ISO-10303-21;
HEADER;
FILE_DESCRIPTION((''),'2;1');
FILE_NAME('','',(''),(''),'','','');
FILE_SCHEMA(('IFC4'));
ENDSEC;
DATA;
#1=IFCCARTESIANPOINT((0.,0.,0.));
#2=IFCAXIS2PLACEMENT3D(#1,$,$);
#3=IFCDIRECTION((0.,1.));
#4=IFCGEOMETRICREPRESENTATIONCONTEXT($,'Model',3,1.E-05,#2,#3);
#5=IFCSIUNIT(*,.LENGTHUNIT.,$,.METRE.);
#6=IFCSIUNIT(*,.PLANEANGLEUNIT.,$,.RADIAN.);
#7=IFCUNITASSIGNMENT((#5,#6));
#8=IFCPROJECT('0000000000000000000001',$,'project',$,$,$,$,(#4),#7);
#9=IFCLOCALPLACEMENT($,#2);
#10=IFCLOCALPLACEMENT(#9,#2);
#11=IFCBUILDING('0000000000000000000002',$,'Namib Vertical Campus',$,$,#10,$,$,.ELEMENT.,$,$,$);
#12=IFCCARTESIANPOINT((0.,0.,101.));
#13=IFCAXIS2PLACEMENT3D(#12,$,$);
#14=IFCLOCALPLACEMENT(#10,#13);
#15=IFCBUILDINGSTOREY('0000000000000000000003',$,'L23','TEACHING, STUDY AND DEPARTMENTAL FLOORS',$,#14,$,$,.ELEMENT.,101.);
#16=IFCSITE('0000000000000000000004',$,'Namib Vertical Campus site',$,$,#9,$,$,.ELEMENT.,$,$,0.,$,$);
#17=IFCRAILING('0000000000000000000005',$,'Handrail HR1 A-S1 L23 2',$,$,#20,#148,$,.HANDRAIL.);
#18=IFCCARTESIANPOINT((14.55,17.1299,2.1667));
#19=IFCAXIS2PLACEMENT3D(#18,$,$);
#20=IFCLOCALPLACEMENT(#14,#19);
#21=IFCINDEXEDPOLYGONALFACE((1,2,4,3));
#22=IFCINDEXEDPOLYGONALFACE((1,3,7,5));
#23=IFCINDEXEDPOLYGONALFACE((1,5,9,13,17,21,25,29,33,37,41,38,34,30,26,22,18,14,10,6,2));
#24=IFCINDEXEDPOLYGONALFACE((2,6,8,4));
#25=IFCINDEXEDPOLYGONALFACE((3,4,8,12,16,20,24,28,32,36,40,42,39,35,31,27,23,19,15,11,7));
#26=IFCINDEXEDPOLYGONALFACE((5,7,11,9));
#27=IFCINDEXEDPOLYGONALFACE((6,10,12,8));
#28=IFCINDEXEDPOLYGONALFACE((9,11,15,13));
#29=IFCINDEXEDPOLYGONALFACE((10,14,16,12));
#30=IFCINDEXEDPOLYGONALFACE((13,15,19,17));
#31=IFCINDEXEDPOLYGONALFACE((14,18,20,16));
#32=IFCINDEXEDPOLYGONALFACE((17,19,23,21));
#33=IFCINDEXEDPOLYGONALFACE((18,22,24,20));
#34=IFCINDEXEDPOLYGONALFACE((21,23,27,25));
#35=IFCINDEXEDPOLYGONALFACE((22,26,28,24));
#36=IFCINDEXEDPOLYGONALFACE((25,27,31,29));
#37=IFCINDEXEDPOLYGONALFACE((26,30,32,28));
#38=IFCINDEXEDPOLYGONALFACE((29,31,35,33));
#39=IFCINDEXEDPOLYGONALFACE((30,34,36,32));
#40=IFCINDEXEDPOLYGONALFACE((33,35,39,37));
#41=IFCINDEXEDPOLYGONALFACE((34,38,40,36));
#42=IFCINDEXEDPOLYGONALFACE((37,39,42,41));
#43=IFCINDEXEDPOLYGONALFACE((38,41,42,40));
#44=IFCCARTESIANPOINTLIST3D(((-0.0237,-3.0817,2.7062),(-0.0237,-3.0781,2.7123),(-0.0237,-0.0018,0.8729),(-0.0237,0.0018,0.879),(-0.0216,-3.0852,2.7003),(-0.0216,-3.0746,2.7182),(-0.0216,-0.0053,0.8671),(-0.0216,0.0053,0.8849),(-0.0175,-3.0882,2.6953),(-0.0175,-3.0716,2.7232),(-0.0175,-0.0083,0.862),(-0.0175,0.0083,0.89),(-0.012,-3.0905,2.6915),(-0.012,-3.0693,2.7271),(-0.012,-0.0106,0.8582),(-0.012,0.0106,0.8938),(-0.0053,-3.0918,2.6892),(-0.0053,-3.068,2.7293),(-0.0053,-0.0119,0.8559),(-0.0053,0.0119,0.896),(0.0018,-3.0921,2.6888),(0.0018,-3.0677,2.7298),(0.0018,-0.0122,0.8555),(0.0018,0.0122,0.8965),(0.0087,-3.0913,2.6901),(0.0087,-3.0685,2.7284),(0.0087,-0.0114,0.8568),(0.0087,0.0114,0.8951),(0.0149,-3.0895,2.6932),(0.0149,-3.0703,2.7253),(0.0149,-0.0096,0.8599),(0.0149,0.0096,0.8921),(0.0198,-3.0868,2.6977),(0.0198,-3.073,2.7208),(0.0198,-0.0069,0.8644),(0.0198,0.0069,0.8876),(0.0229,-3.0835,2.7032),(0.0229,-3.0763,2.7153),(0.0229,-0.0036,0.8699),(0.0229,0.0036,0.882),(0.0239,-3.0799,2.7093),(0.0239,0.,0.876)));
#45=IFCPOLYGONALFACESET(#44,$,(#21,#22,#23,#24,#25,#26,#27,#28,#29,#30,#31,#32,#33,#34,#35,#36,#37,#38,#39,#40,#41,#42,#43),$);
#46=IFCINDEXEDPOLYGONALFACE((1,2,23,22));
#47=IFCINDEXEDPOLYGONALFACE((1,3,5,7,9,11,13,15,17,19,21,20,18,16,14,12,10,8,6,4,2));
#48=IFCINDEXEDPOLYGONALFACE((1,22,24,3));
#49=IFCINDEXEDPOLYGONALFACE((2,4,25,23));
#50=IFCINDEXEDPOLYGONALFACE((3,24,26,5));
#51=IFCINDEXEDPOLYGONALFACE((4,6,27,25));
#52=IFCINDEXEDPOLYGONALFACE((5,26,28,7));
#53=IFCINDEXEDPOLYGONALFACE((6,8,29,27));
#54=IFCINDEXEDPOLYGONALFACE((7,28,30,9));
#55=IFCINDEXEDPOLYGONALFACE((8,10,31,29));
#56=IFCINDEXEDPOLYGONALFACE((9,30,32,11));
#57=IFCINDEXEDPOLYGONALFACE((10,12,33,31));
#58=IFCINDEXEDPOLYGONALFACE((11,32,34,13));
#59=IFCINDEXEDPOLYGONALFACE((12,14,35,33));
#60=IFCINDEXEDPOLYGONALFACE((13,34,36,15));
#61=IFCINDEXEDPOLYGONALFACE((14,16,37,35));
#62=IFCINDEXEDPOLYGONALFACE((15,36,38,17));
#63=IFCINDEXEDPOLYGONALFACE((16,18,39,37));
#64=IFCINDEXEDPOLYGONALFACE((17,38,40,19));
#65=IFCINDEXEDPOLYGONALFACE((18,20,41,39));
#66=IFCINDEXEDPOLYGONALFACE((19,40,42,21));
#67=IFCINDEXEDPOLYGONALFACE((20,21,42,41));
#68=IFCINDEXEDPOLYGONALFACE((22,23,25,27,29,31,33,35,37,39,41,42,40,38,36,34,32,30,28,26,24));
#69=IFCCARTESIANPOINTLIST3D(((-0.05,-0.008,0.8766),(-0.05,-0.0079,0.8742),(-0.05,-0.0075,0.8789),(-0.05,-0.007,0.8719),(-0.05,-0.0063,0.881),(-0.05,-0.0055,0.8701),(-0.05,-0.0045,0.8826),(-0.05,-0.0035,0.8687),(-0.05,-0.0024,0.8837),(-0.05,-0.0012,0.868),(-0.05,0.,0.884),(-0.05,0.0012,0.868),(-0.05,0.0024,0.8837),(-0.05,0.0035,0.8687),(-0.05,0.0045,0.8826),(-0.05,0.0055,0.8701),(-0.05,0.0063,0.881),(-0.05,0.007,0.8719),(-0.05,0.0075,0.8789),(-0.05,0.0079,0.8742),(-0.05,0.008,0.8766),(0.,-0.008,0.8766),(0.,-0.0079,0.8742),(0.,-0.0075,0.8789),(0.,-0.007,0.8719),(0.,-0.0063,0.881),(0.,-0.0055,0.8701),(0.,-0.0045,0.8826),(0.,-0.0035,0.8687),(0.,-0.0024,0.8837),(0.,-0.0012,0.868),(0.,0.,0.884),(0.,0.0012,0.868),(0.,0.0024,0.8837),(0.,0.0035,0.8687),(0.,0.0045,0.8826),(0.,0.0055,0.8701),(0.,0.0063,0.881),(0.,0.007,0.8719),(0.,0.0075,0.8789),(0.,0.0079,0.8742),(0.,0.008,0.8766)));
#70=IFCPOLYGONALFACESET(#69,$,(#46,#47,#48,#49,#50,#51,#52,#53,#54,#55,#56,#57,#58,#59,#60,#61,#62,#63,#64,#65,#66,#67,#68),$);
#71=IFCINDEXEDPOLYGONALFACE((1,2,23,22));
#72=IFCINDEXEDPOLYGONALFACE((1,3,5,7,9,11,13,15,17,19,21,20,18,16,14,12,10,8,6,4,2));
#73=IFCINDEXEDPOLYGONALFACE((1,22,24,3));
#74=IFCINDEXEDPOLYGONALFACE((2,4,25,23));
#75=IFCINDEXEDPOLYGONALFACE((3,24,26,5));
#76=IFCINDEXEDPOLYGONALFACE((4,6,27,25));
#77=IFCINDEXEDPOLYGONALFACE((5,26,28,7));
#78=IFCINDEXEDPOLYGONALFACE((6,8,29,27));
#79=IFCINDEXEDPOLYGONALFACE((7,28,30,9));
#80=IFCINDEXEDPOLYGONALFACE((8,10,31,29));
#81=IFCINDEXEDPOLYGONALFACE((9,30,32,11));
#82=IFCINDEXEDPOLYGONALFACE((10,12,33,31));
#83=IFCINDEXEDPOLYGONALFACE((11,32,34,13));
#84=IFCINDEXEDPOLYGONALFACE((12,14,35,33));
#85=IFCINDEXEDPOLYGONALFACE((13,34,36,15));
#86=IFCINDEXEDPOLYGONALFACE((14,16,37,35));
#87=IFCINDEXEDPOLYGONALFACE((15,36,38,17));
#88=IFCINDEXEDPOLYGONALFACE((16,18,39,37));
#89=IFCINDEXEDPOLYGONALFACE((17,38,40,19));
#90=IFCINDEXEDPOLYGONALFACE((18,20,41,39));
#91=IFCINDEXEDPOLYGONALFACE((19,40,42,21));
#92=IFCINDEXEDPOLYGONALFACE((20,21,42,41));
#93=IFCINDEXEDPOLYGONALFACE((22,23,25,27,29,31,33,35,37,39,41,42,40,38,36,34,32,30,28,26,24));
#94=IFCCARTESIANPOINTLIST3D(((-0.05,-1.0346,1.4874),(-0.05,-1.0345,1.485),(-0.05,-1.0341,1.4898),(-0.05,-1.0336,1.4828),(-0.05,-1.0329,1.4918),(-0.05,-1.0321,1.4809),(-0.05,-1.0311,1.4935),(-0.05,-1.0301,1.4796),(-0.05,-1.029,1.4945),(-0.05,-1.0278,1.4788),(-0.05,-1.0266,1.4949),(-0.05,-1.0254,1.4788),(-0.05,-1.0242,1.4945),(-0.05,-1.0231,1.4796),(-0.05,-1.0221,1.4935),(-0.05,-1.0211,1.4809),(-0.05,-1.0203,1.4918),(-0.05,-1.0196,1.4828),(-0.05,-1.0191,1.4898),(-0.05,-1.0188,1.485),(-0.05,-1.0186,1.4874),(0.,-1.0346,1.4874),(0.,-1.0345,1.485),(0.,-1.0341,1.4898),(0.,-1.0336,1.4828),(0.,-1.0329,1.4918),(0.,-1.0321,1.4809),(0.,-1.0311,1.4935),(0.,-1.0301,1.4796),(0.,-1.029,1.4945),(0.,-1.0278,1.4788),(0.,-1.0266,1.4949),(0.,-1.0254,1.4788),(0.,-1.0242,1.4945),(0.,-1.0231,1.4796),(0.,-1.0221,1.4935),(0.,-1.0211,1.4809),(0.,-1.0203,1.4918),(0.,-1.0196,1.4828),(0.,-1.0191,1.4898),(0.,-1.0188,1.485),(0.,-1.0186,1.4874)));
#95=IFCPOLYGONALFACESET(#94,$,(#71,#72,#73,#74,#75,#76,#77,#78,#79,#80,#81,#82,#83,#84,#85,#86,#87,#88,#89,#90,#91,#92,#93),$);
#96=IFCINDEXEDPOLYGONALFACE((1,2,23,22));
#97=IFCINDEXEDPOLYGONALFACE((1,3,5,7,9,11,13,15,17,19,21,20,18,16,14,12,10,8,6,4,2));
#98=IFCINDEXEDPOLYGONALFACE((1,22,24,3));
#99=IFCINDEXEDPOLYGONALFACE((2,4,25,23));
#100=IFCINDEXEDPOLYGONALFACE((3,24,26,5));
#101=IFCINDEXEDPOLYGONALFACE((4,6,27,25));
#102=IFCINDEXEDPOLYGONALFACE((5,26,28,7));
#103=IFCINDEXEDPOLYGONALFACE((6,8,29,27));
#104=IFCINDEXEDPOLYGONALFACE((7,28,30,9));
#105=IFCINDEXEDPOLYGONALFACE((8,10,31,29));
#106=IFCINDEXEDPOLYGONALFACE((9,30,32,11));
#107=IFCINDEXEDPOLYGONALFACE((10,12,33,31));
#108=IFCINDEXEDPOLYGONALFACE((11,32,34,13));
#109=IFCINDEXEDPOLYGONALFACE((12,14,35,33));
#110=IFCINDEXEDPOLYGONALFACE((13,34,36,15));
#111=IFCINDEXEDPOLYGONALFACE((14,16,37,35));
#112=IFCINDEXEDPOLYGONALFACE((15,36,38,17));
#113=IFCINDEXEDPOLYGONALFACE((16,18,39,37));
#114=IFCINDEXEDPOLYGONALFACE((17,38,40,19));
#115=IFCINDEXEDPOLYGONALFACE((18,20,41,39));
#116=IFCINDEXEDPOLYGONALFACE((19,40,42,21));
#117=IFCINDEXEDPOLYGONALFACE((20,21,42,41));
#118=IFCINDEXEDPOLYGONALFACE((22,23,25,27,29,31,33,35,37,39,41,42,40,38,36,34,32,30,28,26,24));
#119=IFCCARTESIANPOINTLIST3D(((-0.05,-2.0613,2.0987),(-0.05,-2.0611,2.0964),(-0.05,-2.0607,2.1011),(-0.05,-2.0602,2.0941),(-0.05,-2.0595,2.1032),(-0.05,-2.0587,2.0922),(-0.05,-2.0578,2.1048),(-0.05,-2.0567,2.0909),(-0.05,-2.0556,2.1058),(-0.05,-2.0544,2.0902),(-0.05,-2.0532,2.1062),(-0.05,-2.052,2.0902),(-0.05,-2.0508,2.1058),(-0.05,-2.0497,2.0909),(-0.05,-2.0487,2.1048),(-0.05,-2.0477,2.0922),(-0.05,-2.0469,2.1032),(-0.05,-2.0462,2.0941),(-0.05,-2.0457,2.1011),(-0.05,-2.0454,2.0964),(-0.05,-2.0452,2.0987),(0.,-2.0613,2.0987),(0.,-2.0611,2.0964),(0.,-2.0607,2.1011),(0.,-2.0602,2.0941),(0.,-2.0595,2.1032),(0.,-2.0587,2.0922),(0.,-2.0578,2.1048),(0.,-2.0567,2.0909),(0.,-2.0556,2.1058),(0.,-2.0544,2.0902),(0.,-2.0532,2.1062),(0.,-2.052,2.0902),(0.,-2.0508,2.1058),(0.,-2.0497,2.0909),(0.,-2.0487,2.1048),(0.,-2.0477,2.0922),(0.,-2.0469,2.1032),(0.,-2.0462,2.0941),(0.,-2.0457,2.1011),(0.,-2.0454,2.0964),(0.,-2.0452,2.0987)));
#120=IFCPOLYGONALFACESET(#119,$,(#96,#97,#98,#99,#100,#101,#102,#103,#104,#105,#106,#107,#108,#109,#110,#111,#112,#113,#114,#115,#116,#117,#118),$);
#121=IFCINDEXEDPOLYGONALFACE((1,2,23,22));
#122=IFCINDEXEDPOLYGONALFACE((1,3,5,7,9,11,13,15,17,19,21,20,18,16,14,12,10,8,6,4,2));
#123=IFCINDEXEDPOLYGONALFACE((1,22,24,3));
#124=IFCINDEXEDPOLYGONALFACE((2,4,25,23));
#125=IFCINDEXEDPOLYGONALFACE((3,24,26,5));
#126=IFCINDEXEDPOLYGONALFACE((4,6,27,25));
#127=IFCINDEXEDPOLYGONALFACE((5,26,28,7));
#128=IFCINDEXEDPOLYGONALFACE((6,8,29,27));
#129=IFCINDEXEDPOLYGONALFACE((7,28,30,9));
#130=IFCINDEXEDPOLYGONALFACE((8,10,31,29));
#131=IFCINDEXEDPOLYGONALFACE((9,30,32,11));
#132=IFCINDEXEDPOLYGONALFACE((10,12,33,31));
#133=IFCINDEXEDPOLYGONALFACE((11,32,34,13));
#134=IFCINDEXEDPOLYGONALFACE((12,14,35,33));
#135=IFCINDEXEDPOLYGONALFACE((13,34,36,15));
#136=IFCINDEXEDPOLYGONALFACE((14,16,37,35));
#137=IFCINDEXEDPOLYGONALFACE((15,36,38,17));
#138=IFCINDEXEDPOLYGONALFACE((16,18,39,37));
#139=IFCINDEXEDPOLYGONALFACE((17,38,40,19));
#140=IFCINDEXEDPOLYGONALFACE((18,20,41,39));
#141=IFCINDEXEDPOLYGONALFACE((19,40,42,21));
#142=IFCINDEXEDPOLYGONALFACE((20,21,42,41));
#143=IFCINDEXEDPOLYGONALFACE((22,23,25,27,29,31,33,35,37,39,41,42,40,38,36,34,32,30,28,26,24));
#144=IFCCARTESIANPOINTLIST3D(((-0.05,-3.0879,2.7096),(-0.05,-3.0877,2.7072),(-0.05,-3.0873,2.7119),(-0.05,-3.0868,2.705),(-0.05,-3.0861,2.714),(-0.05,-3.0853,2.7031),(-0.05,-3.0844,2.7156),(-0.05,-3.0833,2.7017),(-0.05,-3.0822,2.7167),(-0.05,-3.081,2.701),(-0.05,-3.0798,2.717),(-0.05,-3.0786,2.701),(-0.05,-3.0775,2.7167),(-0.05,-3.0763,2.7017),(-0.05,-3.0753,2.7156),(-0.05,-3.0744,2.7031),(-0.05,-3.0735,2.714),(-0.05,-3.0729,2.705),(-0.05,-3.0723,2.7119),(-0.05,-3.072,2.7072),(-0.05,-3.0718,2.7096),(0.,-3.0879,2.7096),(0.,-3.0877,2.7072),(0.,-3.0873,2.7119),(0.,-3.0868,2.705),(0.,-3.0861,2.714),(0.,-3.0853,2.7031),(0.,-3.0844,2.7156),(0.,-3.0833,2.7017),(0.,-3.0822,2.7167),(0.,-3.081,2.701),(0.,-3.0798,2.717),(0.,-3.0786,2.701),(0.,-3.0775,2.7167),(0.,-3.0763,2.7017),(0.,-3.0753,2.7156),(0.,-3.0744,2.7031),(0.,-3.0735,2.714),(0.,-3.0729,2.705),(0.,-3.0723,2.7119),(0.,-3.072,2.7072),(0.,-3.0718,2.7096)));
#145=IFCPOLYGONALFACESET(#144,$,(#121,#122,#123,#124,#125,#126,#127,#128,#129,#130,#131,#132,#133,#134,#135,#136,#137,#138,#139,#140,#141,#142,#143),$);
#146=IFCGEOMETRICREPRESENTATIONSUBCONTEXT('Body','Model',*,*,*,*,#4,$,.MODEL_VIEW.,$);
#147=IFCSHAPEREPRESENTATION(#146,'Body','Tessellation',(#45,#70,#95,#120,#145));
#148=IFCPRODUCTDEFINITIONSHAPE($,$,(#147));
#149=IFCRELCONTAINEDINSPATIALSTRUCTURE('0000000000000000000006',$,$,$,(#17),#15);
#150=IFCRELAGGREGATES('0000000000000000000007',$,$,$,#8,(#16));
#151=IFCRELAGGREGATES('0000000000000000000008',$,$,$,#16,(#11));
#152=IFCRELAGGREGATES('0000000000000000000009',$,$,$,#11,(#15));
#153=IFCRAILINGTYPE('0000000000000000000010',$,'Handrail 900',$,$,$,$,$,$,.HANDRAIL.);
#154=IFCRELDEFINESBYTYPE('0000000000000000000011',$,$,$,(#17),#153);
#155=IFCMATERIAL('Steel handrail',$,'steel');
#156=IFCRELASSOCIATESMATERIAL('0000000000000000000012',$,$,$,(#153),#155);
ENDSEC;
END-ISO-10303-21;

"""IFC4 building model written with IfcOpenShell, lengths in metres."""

from ifc_helpers import new_model, si_unit, direction, frame, origin, origin_2d, place, context, subcontext, project, spatial, circle, extrude, material, type_object, element, save


model = new_model("IFC4")

# Units and contexts
model_context = context("Model", 3, precision=1e-05, world=origin(), true_north=direction((0.0, 1.0)))
body_context = subcontext(model_context, "Body", "Model", "MODEL_VIEW")
ifc_project = project(units=[si_unit("LENGTHUNIT", "METRE"), si_unit("PLANEANGLEUNIT", "RADIAN")], contexts=[model_context])

# Site, building, storey
site_placement = place(None, origin())
site = spatial("IfcSite", under=ifc_project, at=site_placement, Name="Namib Vertical Campus site", CompositionType="ELEMENT", RefElevation=0.0)
building_placement = place(site_placement, origin())
building = spatial("IfcBuilding", under=site, at=building_placement, Name="Namib Vertical Campus", CompositionType="ELEMENT")
storey_placement = place(building_placement, frame((0.0, 0.0, 101.0)))
storey = spatial("IfcBuildingStorey", under=building, at=storey_placement, Name="L23", Description="TEACHING, STUDY AND DEPARTMENTAL FLOORS", CompositionType="ELEMENT", Elevation=101.0)

# Railing
ifc_material_1 = material(Name="Steel handrail", Category="steel")
railing_type_1 = type_object("IfcRailingType", Name="Handrail 900", PredefinedType="HANDRAIL", material=ifc_material_1)
railing_1_placement = place(storey_placement, frame((14.55, 17.1299, 2.1667)))
element("IfcRailing", 1, at=railing_1_placement, inside=storey, type_object=railing_type_1, Name="Handrail HR1 A-S1 L23 2", PredefinedType="HANDRAIL", context=body_context, shape_type="SweptSolid", body=[
    extrude(circle(Radius=0.0239, at=origin_2d()), frame((0.0, 0.0, 0.876), z_axis=(0.0, -0.859291, 0.511487), x_axis=(1.0, 0.0, 0.0)), (0.0, 0.0, 1.0), 3.5842),
    extrude(circle(Radius=0.0081, at=origin_2d()), frame((0.0, 0.0, 0.876), z_axis=(-1.0, 0.0, 0.0), x_axis=(0.0, 0.0, 1.0)), (0.0, 0.0, 1.0), 0.05),
    extrude(circle(Radius=0.0081, at=origin_2d()), frame((0.0, -1.0266, 1.4868), z_axis=(-1.0, 0.0, 0.0), x_axis=(0.0, 0.0, 1.0)), (0.0, 0.0, 1.0), 0.05),
    extrude(circle(Radius=0.0081, at=origin_2d()), frame((0.0, -2.0532, 2.0981), z_axis=(-1.0, 0.0, 0.0), x_axis=(0.0, 0.0, 1.0)), (0.0, 0.0, 1.0), 0.05),
    extrude(circle(Radius=0.0081, at=origin_2d()), frame((0.0, -3.0798, 2.709), z_axis=(-1.0, 0.0, 0.0), x_axis=(0.0, 0.0, 1.0)), (0.0, 0.0, 1.0), 0.05),
])

save(model, "model.ifc")
